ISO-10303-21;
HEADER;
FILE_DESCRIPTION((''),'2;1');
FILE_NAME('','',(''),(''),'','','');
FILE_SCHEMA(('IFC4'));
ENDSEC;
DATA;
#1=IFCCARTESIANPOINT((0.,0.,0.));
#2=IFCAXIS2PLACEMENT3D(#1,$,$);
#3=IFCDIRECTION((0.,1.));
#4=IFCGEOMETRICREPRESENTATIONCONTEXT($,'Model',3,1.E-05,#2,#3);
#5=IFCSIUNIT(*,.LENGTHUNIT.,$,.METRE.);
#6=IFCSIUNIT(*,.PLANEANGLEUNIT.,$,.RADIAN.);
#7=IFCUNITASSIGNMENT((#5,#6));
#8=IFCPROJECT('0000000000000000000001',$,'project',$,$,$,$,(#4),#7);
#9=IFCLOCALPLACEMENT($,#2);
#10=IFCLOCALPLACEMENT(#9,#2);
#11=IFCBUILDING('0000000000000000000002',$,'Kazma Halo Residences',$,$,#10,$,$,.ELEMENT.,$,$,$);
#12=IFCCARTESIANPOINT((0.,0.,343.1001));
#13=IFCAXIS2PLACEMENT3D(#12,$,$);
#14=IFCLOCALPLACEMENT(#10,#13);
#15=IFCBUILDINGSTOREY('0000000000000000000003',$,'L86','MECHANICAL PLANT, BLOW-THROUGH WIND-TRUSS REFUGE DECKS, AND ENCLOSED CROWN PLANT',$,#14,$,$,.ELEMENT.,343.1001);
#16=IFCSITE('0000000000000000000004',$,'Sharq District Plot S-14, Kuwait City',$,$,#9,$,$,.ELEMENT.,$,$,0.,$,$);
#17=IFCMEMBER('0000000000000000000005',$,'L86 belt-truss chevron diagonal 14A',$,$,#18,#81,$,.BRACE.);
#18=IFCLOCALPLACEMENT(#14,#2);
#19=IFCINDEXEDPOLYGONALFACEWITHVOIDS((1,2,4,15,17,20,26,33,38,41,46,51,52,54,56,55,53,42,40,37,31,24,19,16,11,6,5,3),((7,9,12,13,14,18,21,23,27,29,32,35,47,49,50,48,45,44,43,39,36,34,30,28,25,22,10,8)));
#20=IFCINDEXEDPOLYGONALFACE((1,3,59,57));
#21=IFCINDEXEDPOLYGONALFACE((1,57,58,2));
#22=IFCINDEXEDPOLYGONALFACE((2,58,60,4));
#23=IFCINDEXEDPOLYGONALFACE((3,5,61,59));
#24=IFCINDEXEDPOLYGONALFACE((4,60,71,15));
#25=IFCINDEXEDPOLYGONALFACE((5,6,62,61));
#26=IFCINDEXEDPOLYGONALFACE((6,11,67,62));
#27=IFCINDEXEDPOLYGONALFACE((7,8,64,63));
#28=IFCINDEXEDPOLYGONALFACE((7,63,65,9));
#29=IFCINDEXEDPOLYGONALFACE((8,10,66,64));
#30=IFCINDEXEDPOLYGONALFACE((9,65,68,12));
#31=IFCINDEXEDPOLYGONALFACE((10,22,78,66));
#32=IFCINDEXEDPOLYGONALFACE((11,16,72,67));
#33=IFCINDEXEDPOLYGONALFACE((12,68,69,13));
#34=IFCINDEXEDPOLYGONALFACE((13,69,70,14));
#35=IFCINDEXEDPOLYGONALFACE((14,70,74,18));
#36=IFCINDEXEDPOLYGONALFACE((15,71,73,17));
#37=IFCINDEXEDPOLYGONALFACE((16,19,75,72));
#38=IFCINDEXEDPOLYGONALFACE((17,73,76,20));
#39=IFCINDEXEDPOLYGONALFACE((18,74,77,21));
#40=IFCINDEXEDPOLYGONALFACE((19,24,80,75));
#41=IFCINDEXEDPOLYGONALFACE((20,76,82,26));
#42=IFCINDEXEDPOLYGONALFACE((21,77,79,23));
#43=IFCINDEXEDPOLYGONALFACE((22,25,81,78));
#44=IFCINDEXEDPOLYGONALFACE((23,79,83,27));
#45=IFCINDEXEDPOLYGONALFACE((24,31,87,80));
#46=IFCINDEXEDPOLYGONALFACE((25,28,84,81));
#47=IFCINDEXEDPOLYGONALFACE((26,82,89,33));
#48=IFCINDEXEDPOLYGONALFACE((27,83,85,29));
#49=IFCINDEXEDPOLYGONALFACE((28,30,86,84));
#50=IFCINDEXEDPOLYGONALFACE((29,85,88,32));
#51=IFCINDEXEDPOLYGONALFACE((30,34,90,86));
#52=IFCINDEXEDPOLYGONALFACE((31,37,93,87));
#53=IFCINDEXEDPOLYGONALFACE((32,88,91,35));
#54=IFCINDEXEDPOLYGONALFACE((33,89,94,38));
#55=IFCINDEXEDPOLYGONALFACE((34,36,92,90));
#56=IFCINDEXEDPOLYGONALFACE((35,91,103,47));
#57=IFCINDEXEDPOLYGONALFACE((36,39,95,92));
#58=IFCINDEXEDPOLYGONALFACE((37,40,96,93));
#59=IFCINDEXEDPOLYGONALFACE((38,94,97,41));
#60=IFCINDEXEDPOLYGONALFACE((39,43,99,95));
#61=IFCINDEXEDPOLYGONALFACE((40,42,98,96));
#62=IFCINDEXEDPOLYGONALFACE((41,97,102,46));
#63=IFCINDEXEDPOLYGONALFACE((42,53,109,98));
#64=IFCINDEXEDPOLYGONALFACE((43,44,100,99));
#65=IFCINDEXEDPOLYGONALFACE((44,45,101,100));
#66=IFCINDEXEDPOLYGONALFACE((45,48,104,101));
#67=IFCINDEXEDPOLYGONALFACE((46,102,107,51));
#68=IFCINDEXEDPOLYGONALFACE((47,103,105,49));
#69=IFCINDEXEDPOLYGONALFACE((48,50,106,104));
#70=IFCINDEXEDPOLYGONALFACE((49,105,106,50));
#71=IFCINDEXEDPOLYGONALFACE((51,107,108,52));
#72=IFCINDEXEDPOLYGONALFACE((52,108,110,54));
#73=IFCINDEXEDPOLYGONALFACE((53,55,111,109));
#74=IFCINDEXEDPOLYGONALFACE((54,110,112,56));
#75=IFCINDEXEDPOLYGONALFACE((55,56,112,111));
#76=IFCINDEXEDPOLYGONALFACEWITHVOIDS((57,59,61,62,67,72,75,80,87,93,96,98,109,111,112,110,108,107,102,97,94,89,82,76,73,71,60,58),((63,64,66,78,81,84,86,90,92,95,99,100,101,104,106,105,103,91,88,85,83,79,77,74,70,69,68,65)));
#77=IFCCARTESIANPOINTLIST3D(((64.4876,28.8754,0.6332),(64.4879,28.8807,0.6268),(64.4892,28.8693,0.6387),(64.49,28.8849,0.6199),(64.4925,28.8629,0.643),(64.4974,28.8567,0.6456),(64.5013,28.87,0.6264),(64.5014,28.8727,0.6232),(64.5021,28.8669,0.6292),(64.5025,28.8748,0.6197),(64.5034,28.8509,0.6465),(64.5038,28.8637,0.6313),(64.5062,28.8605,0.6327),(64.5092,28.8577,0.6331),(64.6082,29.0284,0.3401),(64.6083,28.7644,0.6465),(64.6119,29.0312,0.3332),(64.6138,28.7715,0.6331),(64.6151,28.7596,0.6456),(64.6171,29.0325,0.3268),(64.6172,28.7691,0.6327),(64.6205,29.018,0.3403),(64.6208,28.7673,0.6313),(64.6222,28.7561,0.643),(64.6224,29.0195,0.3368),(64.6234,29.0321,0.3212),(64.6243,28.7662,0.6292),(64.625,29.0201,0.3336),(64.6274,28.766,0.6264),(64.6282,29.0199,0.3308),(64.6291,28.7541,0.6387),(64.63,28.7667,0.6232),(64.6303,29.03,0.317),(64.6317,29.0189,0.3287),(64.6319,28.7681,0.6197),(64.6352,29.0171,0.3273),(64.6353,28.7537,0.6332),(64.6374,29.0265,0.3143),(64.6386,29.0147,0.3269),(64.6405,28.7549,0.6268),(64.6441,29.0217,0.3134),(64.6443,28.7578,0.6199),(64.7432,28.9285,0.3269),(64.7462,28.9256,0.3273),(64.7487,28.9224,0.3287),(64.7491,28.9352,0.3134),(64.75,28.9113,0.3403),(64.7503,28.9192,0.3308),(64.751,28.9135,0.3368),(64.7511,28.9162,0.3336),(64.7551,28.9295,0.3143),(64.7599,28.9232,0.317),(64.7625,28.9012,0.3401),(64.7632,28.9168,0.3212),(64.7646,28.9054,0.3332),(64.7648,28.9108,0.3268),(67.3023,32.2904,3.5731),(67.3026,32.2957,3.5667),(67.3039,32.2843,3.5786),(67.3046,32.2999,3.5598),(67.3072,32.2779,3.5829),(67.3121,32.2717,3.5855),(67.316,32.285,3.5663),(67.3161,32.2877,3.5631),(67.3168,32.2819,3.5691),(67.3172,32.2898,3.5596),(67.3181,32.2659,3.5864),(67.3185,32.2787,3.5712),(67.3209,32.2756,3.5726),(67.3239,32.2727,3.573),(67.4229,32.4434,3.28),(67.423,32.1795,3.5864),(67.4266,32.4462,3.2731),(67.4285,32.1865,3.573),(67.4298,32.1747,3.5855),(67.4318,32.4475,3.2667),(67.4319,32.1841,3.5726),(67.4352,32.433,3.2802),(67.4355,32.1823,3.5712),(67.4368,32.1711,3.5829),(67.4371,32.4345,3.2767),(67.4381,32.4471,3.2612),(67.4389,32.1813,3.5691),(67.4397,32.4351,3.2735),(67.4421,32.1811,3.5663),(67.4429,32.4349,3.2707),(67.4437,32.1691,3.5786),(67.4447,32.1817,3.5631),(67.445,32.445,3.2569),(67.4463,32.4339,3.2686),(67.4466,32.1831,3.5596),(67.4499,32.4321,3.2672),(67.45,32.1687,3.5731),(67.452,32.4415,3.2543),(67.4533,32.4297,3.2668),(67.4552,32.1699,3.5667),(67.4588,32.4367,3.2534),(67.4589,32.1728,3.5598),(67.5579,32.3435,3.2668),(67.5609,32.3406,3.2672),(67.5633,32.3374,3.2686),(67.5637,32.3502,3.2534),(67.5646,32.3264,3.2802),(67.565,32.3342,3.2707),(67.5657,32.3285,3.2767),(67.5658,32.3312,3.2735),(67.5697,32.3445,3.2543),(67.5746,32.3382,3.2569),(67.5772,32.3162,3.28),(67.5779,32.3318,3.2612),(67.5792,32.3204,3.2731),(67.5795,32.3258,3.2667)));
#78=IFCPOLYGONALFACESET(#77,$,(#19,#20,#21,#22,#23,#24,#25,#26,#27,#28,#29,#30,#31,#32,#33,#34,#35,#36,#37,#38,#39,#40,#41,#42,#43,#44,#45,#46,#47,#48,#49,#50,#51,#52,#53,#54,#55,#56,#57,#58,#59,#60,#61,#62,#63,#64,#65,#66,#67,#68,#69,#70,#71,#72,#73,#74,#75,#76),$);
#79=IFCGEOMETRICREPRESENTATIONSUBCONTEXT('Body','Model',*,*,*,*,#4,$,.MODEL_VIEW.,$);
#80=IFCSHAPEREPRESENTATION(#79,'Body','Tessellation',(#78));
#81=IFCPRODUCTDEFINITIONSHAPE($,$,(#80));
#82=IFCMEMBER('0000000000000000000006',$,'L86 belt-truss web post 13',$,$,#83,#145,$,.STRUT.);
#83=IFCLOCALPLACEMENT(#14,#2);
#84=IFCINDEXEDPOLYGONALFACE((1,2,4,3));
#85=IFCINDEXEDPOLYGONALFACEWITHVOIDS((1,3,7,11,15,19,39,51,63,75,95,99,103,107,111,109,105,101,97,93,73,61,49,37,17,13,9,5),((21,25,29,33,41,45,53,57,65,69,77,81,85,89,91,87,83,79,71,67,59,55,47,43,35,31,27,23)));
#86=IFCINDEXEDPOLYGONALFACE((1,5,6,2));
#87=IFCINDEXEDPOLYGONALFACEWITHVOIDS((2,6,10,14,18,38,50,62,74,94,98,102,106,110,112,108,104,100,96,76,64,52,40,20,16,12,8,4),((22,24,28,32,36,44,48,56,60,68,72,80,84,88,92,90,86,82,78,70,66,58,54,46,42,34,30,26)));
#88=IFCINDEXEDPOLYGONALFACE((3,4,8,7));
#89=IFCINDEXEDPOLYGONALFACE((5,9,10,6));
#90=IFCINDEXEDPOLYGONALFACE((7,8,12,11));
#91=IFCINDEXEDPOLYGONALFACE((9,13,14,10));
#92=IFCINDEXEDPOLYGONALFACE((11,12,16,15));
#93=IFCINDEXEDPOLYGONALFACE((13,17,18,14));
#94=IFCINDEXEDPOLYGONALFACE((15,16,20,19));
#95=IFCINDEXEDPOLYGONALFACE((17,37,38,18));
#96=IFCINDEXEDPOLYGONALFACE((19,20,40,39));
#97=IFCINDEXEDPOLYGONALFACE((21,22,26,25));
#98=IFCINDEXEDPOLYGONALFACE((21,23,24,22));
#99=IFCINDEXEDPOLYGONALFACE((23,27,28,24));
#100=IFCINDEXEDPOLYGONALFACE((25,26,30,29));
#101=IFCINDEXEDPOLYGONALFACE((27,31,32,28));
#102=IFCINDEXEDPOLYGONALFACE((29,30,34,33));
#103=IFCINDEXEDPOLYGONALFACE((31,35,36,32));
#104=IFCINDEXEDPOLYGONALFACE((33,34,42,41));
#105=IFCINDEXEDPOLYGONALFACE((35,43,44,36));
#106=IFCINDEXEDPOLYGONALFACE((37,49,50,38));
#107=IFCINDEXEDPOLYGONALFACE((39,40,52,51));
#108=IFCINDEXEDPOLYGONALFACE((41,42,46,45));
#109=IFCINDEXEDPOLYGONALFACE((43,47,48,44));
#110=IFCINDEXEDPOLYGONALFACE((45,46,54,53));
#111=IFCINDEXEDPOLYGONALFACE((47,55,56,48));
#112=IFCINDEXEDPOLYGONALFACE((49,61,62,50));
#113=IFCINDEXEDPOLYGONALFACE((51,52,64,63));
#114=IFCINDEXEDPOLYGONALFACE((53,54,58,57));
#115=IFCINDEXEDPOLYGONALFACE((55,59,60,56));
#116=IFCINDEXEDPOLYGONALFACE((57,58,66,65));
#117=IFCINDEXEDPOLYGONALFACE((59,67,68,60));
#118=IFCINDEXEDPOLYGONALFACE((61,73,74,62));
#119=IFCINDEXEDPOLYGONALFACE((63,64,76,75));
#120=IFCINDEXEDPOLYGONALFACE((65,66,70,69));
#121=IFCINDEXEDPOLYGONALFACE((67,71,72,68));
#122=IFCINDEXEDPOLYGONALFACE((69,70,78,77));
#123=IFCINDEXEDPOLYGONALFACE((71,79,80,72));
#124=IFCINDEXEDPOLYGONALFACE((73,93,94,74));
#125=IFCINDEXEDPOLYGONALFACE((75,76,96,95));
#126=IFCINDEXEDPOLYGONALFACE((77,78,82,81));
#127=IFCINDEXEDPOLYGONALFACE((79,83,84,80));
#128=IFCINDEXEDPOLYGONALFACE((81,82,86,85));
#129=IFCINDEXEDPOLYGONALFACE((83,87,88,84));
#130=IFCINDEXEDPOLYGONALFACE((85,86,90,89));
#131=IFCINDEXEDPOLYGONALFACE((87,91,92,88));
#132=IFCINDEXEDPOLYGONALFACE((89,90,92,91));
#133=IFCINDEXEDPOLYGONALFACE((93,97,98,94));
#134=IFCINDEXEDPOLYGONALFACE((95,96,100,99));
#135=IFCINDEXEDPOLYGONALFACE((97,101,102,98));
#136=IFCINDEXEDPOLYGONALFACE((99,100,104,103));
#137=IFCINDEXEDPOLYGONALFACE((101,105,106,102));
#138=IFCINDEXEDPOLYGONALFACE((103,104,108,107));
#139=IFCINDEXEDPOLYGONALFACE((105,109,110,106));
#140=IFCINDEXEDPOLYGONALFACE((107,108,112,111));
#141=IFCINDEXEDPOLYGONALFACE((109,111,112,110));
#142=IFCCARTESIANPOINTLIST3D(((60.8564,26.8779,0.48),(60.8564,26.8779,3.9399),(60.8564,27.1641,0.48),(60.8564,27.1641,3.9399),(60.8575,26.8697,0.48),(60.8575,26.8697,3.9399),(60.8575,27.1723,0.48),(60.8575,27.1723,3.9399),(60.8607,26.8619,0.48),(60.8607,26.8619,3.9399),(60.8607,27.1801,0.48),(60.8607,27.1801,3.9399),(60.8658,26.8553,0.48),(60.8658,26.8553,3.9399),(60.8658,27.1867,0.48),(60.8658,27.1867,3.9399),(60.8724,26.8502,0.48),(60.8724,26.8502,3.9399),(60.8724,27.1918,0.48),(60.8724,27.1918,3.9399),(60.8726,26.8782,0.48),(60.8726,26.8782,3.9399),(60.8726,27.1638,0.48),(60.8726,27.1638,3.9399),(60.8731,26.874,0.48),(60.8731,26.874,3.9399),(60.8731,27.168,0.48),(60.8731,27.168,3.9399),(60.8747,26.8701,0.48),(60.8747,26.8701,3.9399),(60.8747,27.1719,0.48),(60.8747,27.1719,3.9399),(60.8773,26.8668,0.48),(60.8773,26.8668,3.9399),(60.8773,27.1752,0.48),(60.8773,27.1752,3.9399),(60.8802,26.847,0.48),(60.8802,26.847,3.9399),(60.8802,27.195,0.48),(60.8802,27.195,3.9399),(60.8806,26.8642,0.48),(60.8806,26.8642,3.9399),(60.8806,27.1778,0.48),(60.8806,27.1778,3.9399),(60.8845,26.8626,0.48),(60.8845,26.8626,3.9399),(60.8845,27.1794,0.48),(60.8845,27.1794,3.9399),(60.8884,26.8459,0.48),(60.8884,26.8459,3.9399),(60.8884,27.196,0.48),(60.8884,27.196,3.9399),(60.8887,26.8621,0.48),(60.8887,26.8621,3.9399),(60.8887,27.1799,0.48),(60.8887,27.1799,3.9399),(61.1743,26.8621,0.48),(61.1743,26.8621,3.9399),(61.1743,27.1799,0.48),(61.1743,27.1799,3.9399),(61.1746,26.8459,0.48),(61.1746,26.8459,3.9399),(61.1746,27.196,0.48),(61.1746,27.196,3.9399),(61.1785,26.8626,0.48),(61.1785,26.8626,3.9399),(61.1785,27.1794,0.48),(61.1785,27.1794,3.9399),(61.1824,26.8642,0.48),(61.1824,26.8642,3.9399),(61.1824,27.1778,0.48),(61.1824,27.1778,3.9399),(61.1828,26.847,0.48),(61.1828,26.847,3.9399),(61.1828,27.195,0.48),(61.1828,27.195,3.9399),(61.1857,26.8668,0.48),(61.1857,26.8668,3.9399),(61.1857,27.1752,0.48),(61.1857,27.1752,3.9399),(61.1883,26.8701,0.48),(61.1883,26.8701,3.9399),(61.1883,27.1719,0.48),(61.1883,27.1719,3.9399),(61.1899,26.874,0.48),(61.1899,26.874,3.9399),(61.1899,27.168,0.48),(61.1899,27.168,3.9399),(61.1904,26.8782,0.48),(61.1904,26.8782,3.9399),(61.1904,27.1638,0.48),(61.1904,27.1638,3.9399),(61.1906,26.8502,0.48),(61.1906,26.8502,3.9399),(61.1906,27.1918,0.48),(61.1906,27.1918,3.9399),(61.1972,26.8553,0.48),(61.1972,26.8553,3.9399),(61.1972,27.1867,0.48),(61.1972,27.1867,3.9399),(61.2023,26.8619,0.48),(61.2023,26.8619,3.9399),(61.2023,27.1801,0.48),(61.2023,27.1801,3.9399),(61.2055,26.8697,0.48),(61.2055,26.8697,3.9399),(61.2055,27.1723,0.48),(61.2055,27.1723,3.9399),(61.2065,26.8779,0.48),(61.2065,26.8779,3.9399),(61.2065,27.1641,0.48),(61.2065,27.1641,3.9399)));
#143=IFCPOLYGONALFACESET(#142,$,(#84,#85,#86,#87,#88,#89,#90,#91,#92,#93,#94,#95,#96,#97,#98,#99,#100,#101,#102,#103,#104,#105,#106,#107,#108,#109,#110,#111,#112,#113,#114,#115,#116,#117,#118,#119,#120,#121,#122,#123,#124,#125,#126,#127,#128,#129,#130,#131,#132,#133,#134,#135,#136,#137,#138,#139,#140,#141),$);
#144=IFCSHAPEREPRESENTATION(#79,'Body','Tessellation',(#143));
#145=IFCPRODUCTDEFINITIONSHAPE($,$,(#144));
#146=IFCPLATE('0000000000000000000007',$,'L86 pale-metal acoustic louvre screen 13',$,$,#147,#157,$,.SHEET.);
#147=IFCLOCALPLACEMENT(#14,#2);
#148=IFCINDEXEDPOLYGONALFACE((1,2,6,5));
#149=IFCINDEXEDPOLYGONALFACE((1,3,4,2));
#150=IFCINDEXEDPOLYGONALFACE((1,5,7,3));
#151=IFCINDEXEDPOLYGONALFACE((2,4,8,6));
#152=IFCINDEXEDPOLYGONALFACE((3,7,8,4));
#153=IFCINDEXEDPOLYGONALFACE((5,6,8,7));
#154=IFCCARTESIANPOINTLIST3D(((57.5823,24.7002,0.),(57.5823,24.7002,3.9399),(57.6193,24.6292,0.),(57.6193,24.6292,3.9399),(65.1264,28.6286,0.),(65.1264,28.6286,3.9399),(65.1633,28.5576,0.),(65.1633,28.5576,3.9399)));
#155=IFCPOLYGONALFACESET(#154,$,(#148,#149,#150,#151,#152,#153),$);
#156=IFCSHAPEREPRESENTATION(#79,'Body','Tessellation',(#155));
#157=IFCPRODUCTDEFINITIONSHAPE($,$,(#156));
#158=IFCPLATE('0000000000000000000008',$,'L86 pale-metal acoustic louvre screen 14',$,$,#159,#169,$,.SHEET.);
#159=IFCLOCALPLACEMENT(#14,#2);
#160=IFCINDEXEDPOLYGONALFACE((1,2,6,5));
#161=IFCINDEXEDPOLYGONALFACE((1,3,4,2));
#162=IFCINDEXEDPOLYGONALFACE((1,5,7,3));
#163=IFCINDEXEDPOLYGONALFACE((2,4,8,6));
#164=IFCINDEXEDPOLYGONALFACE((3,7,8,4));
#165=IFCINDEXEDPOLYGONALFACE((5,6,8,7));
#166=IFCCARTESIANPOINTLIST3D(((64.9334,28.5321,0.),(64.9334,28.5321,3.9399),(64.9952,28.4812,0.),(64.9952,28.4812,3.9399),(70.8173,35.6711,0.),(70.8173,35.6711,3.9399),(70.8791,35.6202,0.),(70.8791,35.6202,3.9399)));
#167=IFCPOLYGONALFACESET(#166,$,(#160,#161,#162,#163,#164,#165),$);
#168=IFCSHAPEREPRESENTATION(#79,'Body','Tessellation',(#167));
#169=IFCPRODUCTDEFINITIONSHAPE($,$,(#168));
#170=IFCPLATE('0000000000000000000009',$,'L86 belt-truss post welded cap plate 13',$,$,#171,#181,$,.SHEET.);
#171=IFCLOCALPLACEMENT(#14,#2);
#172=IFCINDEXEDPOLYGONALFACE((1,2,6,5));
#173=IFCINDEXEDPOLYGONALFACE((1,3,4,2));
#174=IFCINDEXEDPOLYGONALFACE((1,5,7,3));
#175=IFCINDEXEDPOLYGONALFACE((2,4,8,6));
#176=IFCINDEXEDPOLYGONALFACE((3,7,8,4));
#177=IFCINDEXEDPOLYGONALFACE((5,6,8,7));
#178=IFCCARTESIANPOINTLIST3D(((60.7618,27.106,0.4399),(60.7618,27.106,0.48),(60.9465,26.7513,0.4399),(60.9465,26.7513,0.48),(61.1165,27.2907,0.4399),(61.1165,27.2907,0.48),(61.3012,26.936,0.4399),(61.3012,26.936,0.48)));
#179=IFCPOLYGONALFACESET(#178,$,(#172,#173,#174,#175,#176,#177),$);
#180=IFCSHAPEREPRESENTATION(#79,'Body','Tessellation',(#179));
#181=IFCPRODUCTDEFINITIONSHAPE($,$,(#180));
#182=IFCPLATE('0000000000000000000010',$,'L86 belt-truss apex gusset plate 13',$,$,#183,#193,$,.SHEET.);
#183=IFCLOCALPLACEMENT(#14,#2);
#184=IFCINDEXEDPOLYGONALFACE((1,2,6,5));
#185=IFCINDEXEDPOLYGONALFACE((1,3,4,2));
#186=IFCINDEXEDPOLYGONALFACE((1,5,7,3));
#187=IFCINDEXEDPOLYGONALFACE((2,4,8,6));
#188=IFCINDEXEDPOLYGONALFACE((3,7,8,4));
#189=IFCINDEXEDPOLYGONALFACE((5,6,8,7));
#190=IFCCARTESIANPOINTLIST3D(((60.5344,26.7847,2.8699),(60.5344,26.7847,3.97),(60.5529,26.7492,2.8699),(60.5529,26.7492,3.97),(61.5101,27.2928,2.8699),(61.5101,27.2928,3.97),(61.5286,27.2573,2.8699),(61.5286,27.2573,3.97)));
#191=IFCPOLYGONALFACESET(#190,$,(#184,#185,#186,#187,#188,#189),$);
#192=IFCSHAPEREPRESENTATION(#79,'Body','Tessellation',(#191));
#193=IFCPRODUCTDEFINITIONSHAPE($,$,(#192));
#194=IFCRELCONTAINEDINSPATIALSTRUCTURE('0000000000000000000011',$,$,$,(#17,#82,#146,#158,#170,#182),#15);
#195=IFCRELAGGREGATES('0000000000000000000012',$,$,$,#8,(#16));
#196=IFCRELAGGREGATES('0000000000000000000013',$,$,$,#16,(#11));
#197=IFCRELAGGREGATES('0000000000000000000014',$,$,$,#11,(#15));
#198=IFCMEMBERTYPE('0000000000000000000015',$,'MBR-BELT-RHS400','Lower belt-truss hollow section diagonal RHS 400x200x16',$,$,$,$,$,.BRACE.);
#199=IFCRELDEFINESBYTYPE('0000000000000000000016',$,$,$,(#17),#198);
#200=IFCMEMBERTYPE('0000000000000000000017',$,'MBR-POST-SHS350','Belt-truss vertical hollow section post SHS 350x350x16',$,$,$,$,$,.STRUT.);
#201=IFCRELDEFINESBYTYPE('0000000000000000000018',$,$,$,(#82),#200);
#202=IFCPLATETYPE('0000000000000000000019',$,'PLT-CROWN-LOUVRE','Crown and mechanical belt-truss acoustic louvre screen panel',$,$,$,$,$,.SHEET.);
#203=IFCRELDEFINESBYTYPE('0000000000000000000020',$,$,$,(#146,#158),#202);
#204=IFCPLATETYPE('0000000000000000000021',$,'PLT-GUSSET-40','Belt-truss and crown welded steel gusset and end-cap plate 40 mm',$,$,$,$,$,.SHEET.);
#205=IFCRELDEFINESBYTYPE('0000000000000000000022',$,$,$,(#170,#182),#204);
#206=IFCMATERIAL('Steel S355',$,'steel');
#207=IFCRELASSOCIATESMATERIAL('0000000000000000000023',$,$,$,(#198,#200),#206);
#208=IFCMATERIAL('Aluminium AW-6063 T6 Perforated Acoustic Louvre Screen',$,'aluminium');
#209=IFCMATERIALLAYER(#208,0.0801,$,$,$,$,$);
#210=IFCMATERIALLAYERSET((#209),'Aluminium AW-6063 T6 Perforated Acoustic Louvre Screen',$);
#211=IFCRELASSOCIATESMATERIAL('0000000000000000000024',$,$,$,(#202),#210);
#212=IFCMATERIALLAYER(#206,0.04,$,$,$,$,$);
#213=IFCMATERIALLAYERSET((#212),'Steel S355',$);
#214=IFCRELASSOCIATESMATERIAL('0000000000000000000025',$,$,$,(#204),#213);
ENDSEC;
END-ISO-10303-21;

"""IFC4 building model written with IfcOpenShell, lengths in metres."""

from ifc_helpers import new_model, si_unit, direction, frame, origin, origin_2d, place, context, subcontext, project, spatial, rectangle, hollow_rectangle, extrude, material, layer, layer_set, material_profile, profile_set, type_object, element, save


model = new_model("IFC4")

# Units and contexts
model_context = context("Model", 3, precision=1e-05, world=origin(), true_north=direction((0.0, 1.0)))
body_context = subcontext(model_context, "Body", "Model", "MODEL_VIEW")
ifc_project = project(units=[si_unit("LENGTHUNIT", "METRE"), si_unit("PLANEANGLEUNIT", "RADIAN")], contexts=[model_context])

# Site, building, storey
site_placement = place(None, origin())
site = spatial("IfcSite", under=ifc_project, at=site_placement, Name="Sharq District Plot S-14, Kuwait City", CompositionType="ELEMENT", RefElevation=0.0)
building_placement = place(site_placement, origin())
building = spatial("IfcBuilding", under=site, at=building_placement, Name="Kazma Halo Residences", CompositionType="ELEMENT")
storey_placement = place(building_placement, frame((0.0, 0.0, 343.1001)))
storey = spatial("IfcBuildingStorey", under=building, at=storey_placement, Name="L86", Description="MECHANICAL PLANT, BLOW-THROUGH WIND-TRUSS REFUGE DECKS, AND ENCLOSED CROWN PLANT", CompositionType="ELEMENT", Elevation=343.1001)

# Shared definitions
ifc_material_1 = material(Name="Steel S355", Category="steel")

# Members
ifc_material_profile_1 = material_profile(ifc_material_1, hollow_rectangle(XDim=0.2, YDim=0.3999, WallThickness=0.0161, InnerFilletRadius=0.0161, OuterFilletRadius=0.032, at=origin_2d()), Name="RHS400x200x16")
ifc_profile_set_1 = profile_set([ifc_material_profile_1], Name="Steel S355")
member_type_1 = type_object("IfcMemberType", Name="MBR-BELT-RHS400", Description="Lower belt-truss hollow section diagonal RHS 400x200x16", PredefinedType="BRACE", material=ifc_profile_set_1)
member_1_placement = place(storey_placement, frame((64.6262, 28.8931, 0.48), z_axis=(0.529773, 0.642767, 0.553346), x_axis=(-0.771674, 0.636019, 0.0)))
element("IfcMember", 1, at=member_1_placement, inside=storey, type_object=member_type_1, Name="L86 belt-truss chevron diagonal 14A", PredefinedType="BRACE", context=body_context, shape_type="SweptSolid", body=[
    extrude(hollow_rectangle(XDim=0.2, YDim=0.3999, WallThickness=0.0161, InnerFilletRadius=0.0161, OuterFilletRadius=0.032, at=origin_2d()), origin(), (0.0, 0.0, 1.0), 5.313),
])
ifc_material_profile_2 = material_profile(ifc_material_1, hollow_rectangle(XDim=0.3501, YDim=0.3501, WallThickness=0.0161, InnerFilletRadius=0.0161, OuterFilletRadius=0.032, at=origin_2d()), Name="SHS350x350x16")
ifc_profile_set_2 = profile_set([ifc_material_profile_2], Name="Steel S355")
member_type_2 = type_object("IfcMemberType", Name="MBR-POST-SHS350", Description="Belt-truss vertical hollow section post SHS 350x350x16", PredefinedType="STRUT", material=ifc_profile_set_2)
member_2_placement = place(storey_placement, frame((61.0315, 27.021, 0.48), z_axis=(0.0, 0.0, 1.0), x_axis=(1.0, 0.0, 0.0)))
element("IfcMember", 2, at=member_2_placement, inside=storey, type_object=member_type_2, Name="L86 belt-truss web post 13", PredefinedType="STRUT", context=body_context, shape_type="SweptSolid", body=[
    extrude(hollow_rectangle(XDim=0.3501, YDim=0.3501, WallThickness=0.0161, InnerFilletRadius=0.0161, OuterFilletRadius=0.032, at=origin_2d()), origin(), (0.0, 0.0, 1.0), 3.46),
])

# Plates
ifc_material_2 = material(Name="Aluminium AW-6063 T6 Perforated Acoustic Louvre Screen", Category="aluminium")
ifc_layer_1 = layer(ifc_material_2, 0.0801)
ifc_layer_set_1 = layer_set([ifc_layer_1], Name="Aluminium AW-6063 T6 Perforated Acoustic Louvre Screen")
plate_type_1 = type_object("IfcPlateType", Name="PLT-CROWN-LOUVRE", Description="Crown and mechanical belt-truss acoustic louvre screen panel", PredefinedType="SHEET", material=ifc_layer_set_1)
plate_1_placement = place(storey_placement, frame((61.3728, 26.6289, 0.0), z_axis=(0.0, 0.0, 1.0), x_axis=(0.886953, 0.461859, 0.0)))
element("IfcPlate", 3, at=plate_1_placement, inside=storey, type_object=plate_type_1, Name="L86 pale-metal acoustic louvre screen 13", PredefinedType="SHEET", context=body_context, shape_type="SweptSolid", body=[
    extrude(rectangle(XDim=8.5056, YDim=0.0801, at=origin_2d()), origin(), (0.0, 0.0, 1.0), 3.9399),
])
plate_2_placement = place(storey_placement, frame((67.9062, 32.0762, 0.0), z_axis=(0.0, 0.0, 1.0), x_axis=(0.636007, 0.771684, 0.0)))
element("IfcPlate", 4, at=plate_2_placement, inside=storey, type_object=plate_type_1, Name="L86 pale-metal acoustic louvre screen 14", PredefinedType="SHEET", context=body_context, shape_type="SweptSolid", body=[
    extrude(rectangle(XDim=9.2512, YDim=0.0801, at=origin_2d()), origin(), (0.0, 0.0, 1.0), 3.9399),
])
ifc_layer_2 = layer(ifc_material_1, 0.04)
ifc_layer_set_2 = layer_set([ifc_layer_2], Name="Steel S355")
plate_type_2 = type_object("IfcPlateType", Name="PLT-GUSSET-40", Description="Belt-truss and crown welded steel gusset and end-cap plate 40 mm", PredefinedType="SHEET", material=ifc_layer_set_2)
plate_3_placement = place(storey_placement, frame((61.0315, 27.021, 0.4399), z_axis=(0.0, 0.0, 1.0), x_axis=(0.886953, 0.461859, 0.0)))
element("IfcPlate", 5, at=plate_3_placement, inside=storey, type_object=plate_type_2, Name="L86 belt-truss post welded cap plate 13", PredefinedType="SHEET", context=body_context, shape_type="SweptSolid", body=[
    extrude(rectangle(XDim=0.3999, YDim=0.3999, at=origin_2d()), origin(), (0.0, 0.0, 1.0), 0.04),
])
plate_4_placement = place(storey_placement, frame((61.0315, 27.021, 2.8699), z_axis=(0.0, 0.0, 1.0), x_axis=(0.886953, 0.461859, 0.0)))
element("IfcPlate", 6, at=plate_4_placement, inside=storey, type_object=plate_type_2, Name="L86 belt-truss apex gusset plate 13", PredefinedType="SHEET", context=body_context, shape_type="SweptSolid", body=[
    extrude(rectangle(XDim=1.1001, YDim=0.04, at=origin_2d()), origin(), (0.0, 0.0, 1.0), 1.1001),
])

save(model, "model.ifc")
